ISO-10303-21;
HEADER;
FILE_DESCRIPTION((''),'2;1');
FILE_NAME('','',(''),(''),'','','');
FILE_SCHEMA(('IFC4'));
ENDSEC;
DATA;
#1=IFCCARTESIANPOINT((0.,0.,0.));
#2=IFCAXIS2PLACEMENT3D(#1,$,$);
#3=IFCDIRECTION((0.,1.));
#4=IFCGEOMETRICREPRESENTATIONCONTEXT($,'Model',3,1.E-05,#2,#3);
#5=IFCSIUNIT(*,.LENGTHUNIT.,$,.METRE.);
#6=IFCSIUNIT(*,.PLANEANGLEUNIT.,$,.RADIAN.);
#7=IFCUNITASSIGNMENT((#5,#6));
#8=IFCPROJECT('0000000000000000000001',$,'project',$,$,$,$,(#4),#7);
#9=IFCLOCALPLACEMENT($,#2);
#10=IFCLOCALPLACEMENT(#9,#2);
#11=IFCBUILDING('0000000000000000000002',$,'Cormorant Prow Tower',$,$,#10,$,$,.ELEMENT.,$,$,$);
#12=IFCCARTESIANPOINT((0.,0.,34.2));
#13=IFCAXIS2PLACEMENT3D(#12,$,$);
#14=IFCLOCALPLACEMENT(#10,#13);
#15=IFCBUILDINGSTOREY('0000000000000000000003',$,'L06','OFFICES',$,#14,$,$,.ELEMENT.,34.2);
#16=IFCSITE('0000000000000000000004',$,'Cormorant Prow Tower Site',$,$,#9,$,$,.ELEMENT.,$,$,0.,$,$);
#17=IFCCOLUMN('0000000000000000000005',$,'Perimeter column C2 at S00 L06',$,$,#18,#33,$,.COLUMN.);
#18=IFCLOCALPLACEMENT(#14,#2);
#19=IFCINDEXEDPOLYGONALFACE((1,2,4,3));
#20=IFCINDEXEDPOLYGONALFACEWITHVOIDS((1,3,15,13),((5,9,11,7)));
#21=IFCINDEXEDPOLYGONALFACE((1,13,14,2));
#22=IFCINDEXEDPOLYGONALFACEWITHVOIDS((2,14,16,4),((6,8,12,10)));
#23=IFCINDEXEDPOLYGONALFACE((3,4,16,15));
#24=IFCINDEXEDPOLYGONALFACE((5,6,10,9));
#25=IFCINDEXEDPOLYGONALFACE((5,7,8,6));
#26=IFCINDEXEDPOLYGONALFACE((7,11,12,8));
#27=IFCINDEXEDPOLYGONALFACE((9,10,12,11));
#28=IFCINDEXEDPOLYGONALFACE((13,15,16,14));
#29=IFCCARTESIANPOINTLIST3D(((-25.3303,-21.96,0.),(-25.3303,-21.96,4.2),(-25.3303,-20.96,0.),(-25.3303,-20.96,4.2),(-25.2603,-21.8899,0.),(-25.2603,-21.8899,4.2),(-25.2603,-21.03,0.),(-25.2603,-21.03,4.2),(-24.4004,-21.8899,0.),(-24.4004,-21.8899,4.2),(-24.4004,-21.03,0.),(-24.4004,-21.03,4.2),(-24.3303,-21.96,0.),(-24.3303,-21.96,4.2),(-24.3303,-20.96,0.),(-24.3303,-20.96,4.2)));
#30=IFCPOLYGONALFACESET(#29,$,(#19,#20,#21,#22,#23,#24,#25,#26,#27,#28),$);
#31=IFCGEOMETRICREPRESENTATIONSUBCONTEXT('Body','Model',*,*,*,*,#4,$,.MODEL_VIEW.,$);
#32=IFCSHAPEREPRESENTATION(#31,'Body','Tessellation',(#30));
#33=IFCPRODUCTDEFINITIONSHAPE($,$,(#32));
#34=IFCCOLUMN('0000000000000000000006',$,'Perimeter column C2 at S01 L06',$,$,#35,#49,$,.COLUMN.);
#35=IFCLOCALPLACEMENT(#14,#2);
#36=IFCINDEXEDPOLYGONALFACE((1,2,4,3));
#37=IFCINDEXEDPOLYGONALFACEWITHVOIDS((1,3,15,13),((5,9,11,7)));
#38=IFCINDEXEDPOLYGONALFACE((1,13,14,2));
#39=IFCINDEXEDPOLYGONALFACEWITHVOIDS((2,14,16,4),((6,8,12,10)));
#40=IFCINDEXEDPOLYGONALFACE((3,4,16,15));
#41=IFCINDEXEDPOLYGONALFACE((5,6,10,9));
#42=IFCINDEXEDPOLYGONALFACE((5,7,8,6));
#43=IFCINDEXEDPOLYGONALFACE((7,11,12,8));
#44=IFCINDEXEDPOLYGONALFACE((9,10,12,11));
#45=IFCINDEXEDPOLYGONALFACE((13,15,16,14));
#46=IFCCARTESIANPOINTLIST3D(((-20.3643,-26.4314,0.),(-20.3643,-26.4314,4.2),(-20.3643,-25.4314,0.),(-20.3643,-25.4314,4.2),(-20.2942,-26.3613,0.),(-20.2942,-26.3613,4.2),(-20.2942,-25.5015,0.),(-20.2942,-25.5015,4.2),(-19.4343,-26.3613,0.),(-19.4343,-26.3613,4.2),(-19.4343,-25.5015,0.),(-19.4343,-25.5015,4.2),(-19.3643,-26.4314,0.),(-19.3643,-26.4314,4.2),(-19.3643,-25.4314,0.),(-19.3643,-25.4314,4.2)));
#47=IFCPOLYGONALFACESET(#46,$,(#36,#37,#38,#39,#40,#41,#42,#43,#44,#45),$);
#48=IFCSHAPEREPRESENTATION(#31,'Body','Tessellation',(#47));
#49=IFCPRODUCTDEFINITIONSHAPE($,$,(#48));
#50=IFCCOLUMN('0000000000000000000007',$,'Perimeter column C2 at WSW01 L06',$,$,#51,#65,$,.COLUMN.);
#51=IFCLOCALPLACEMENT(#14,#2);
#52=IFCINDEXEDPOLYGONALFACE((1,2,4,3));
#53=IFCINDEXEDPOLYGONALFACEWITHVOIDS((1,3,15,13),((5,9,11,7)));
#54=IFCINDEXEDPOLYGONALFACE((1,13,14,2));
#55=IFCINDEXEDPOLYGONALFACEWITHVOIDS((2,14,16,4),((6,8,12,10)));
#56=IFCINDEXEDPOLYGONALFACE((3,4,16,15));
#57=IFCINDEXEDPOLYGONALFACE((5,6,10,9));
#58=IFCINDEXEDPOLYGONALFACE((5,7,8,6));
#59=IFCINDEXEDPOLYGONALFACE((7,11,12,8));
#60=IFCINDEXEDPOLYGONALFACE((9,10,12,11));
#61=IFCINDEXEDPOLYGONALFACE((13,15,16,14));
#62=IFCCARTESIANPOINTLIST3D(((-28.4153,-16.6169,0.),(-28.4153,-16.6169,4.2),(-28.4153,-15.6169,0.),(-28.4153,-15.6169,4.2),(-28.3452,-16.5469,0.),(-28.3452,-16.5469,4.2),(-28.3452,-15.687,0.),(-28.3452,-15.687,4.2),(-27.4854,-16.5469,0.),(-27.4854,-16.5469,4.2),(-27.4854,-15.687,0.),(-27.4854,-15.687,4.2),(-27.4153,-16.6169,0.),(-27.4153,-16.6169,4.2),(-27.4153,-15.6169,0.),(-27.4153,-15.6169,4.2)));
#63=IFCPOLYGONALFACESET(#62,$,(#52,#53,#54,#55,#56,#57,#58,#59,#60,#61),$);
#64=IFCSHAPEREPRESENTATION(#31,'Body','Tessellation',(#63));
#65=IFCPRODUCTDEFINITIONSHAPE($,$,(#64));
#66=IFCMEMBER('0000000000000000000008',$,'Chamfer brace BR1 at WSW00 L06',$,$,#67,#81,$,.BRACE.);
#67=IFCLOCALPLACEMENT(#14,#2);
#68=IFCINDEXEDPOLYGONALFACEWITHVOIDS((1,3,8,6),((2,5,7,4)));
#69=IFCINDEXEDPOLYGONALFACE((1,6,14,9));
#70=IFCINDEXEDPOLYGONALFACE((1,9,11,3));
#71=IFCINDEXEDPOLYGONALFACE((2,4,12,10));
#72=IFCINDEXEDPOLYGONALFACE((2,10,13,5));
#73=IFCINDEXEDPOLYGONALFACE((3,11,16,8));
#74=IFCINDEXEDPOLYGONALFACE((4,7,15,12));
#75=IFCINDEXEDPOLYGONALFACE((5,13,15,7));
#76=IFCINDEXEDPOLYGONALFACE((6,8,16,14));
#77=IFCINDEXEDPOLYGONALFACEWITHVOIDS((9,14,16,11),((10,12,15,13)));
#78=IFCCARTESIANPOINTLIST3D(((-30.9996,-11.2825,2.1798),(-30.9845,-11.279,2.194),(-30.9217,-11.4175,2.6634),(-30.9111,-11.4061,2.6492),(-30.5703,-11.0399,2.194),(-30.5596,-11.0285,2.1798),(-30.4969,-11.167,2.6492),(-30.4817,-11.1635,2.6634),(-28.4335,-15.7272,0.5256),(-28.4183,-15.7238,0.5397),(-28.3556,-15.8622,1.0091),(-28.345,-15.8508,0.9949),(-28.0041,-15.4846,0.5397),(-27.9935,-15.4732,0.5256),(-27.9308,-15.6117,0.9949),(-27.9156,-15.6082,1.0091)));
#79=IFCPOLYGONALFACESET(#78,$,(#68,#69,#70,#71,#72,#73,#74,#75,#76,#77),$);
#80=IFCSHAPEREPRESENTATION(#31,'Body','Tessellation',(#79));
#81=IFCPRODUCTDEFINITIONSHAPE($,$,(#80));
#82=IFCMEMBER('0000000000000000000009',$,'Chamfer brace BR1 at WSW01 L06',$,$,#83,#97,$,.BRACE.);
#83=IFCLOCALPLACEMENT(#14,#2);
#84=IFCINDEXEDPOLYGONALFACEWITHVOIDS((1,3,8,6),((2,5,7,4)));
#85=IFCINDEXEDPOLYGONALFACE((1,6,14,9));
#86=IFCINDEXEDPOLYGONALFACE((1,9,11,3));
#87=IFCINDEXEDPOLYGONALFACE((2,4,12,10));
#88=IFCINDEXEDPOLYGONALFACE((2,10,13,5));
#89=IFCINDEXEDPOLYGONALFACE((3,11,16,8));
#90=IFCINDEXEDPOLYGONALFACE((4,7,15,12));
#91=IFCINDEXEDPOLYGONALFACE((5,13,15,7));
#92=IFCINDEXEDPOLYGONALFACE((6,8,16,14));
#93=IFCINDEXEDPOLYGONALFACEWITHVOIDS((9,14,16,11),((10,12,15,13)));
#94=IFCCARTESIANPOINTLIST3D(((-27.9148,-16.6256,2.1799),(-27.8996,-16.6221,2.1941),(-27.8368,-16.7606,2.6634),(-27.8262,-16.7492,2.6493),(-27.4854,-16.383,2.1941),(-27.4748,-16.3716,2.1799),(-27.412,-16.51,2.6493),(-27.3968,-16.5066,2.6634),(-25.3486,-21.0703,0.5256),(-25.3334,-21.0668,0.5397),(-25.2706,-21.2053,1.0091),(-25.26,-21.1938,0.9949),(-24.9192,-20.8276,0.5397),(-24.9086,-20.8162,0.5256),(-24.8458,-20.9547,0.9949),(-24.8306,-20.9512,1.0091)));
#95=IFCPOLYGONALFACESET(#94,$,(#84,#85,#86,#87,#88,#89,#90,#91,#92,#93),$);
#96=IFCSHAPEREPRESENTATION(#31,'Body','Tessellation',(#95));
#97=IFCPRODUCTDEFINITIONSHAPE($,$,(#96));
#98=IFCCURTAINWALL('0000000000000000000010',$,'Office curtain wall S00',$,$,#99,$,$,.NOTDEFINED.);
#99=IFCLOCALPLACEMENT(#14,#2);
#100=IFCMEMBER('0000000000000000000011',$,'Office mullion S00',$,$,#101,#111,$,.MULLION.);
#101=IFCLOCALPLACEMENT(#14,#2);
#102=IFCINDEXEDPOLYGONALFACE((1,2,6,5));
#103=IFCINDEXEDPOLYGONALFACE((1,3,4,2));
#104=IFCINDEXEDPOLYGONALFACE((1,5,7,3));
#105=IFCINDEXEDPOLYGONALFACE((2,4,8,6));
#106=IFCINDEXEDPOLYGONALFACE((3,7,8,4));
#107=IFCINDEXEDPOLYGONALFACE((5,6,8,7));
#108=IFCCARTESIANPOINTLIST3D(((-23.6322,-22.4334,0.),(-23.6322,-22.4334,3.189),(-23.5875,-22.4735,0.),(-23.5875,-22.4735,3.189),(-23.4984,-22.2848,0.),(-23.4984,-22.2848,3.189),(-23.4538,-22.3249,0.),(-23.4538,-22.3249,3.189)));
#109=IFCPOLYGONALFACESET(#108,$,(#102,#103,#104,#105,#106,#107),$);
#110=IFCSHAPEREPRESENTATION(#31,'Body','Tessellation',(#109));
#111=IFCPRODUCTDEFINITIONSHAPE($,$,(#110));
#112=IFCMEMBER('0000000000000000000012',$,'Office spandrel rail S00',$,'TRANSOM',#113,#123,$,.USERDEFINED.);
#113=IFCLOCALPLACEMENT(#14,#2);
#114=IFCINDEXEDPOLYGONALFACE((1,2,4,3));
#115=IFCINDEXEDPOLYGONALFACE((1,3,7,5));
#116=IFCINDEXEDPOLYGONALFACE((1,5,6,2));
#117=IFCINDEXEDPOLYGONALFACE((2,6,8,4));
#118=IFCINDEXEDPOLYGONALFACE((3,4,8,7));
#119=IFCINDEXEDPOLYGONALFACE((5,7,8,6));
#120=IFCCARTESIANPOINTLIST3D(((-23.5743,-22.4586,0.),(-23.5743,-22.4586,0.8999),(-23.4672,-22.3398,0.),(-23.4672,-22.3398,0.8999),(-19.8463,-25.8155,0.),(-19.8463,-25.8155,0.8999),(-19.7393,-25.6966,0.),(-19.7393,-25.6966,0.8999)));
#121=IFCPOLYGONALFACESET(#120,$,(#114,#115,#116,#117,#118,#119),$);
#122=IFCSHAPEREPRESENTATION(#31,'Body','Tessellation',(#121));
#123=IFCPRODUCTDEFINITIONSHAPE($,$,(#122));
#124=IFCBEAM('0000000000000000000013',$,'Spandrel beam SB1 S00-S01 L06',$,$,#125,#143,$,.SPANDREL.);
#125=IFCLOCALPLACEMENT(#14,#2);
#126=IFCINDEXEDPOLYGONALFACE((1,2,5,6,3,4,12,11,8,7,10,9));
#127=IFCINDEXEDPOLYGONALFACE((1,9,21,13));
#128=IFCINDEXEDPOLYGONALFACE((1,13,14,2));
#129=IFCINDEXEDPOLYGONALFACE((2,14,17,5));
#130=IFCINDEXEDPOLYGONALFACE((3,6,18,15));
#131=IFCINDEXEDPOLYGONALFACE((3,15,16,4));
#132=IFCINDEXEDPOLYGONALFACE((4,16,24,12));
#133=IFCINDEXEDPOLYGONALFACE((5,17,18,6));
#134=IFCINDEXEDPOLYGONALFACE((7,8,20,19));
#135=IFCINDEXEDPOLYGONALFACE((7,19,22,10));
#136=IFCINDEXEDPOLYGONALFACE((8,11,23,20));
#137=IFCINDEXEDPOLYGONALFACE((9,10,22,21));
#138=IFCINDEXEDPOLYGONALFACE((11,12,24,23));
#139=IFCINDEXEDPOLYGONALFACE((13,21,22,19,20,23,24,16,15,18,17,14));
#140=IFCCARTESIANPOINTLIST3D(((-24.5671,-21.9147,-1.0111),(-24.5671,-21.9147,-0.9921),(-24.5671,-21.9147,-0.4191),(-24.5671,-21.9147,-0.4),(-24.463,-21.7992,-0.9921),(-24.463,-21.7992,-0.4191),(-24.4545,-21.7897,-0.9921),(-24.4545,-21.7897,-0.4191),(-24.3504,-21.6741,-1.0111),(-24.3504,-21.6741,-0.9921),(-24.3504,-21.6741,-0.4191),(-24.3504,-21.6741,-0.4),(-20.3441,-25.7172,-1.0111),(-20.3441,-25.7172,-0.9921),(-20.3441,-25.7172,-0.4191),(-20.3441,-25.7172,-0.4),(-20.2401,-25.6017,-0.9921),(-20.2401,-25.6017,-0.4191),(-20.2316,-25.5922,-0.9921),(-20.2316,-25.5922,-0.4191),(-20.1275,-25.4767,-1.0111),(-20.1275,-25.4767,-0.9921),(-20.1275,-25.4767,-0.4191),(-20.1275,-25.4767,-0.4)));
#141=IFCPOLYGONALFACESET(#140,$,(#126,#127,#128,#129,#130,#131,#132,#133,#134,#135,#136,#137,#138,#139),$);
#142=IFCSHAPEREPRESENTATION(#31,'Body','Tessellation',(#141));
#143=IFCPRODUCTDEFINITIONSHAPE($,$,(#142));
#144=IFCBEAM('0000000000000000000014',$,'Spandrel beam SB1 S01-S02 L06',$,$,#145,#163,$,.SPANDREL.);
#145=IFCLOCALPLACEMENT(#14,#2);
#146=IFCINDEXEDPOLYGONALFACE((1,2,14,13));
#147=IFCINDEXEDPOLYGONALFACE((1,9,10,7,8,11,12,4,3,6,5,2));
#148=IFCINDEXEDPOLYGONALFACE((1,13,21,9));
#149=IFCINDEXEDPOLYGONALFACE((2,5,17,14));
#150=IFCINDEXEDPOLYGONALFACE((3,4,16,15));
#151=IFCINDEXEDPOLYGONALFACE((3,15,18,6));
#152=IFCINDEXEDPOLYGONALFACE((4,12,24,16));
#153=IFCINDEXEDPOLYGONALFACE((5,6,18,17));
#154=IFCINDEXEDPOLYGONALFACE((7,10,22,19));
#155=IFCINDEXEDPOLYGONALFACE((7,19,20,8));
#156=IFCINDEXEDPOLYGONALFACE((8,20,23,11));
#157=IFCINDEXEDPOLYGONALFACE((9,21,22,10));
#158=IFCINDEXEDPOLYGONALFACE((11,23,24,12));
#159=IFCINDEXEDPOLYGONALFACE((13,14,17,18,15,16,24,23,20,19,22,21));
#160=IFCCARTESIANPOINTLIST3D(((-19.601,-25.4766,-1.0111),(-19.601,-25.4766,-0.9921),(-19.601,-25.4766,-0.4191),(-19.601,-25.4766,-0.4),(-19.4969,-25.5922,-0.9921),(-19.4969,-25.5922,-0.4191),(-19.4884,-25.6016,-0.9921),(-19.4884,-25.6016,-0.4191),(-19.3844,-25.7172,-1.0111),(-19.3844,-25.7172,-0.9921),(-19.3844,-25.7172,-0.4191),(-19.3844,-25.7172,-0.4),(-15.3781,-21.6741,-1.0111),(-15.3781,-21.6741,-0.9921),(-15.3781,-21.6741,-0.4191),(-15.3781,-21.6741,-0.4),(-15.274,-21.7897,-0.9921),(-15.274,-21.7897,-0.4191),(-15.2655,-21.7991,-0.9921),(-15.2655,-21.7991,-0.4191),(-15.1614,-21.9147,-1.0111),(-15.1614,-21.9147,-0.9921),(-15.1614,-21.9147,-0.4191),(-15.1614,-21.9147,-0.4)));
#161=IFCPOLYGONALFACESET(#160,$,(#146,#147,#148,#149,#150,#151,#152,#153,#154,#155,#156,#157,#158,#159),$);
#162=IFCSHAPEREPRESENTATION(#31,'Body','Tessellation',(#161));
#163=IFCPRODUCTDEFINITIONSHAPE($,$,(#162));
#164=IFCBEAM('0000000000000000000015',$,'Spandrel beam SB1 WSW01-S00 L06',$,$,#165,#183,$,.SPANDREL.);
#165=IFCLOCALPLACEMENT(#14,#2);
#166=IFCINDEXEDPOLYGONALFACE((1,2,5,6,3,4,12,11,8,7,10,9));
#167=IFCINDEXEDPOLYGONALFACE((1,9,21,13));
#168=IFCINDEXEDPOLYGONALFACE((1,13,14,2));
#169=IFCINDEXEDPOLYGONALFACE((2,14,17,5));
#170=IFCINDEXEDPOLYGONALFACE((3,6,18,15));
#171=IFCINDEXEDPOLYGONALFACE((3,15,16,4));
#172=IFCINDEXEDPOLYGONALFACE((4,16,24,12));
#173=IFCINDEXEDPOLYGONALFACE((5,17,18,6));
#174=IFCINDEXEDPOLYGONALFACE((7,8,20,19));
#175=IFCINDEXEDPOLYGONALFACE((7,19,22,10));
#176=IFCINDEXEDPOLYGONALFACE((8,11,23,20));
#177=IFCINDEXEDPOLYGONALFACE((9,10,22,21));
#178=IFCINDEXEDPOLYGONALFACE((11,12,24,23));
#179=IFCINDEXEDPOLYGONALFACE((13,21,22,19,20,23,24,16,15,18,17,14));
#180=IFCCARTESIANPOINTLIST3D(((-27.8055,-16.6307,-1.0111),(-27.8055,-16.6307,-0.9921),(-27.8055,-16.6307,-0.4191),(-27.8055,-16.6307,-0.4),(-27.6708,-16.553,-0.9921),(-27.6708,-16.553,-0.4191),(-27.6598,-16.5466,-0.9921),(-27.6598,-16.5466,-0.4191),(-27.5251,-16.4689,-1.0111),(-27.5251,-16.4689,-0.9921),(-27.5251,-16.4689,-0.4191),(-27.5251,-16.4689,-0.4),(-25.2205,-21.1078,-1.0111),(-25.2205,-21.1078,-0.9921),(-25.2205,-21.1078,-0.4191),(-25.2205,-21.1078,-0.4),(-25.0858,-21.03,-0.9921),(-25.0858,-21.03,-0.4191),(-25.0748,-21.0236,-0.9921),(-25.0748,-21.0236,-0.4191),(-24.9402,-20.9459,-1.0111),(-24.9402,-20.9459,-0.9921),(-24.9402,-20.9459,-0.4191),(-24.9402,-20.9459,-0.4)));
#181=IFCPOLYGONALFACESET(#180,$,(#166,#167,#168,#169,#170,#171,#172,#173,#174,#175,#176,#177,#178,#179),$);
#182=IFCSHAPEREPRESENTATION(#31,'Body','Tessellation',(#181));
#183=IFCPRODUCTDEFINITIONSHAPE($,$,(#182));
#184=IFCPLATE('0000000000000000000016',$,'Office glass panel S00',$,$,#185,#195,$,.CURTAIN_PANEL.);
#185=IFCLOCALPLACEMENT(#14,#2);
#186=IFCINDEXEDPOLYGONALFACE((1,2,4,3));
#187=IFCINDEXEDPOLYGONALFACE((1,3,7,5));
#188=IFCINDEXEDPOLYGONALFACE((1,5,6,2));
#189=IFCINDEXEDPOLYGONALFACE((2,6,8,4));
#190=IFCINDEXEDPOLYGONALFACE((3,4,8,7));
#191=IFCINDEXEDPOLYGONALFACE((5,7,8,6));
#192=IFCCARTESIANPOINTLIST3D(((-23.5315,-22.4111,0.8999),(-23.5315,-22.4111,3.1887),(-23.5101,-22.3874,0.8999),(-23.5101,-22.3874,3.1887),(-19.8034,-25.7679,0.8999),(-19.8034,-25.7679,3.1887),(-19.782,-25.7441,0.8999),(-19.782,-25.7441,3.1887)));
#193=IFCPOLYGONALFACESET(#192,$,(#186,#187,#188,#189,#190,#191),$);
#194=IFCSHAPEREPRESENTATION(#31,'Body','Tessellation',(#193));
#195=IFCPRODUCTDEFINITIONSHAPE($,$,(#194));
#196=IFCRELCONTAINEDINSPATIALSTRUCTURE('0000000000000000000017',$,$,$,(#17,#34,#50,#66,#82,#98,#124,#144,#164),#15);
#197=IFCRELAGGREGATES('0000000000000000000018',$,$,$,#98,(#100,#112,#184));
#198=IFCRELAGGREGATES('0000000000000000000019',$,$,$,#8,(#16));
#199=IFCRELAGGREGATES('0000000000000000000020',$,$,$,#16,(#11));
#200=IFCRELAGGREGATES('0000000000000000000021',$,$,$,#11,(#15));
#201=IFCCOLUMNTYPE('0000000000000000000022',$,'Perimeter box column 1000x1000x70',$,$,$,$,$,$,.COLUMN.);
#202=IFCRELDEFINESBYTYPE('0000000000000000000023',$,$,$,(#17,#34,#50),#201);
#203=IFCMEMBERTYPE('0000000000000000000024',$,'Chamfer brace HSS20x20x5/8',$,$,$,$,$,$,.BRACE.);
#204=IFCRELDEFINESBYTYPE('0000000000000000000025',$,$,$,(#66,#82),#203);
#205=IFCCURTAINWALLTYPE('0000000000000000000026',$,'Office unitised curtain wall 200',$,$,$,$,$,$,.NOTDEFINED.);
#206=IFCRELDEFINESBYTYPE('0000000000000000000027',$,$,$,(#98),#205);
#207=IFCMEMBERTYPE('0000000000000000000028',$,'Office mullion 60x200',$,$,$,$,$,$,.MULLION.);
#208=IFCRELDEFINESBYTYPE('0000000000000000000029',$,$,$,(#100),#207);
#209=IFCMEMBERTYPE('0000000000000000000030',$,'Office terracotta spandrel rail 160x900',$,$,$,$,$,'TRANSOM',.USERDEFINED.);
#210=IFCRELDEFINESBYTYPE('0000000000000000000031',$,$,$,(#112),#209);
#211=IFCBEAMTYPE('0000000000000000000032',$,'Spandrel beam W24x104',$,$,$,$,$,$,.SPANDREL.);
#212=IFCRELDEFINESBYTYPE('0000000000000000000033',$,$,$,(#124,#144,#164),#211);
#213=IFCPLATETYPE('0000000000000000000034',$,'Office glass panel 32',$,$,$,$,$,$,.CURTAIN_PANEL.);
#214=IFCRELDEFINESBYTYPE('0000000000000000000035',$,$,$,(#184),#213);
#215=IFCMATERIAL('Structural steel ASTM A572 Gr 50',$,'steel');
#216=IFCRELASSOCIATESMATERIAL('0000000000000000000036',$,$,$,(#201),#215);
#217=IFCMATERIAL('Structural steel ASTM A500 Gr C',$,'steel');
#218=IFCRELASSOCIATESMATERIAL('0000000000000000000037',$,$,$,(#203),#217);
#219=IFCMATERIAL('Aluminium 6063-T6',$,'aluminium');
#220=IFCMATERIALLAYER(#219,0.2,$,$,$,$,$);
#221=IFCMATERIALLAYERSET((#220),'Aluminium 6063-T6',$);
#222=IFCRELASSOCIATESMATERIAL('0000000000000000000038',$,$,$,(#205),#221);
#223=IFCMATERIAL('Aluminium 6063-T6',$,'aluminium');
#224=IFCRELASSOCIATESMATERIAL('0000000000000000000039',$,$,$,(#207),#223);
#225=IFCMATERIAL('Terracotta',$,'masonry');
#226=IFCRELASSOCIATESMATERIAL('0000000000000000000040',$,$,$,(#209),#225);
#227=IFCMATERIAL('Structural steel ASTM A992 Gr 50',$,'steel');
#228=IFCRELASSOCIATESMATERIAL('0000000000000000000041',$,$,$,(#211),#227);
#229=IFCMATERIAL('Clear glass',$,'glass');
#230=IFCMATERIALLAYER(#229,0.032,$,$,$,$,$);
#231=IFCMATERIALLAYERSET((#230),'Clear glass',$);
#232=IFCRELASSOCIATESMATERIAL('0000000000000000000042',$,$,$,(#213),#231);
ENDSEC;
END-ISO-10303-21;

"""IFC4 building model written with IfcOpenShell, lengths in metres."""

from ifc_helpers import new_model, si_unit, direction, frame, origin, origin_2d, place, context, subcontext, project, spatial, rectangle, hollow_rectangle, i_section, extrude, material, layer, layer_set, material_profile, profile_set, type_object, element, aggregate, save


model = new_model("IFC4")

# Units and contexts
model_context = context("Model", 3, precision=1e-05, world=origin(), true_north=direction((0.0, 1.0)))
body_context = subcontext(model_context, "Body", "Model", "MODEL_VIEW")
ifc_project = project(units=[si_unit("LENGTHUNIT", "METRE"), si_unit("PLANEANGLEUNIT", "RADIAN")], contexts=[model_context])

# Site, building, storey
site_placement = place(None, origin())
site = spatial("IfcSite", under=ifc_project, at=site_placement, Name="Cormorant Prow Tower Site", CompositionType="ELEMENT", RefElevation=0.0)
building_placement = place(site_placement, origin())
building = spatial("IfcBuilding", under=site, at=building_placement, Name="Cormorant Prow Tower", CompositionType="ELEMENT")
storey_placement = place(building_placement, frame((0.0, 0.0, 34.2)))
storey = spatial("IfcBuildingStorey", under=building, at=storey_placement, Name="L06", Description="OFFICES", CompositionType="ELEMENT", Elevation=34.2)

# Columns
ifc_material_1 = material(Name="Structural steel ASTM A572 Gr 50", Category="steel")
ifc_material_profile_1 = material_profile(ifc_material_1, hollow_rectangle(XDim=1.0, YDim=1.0, WallThickness=0.0701, at=origin_2d()), Name="Box 1000x1000x70")
ifc_profile_set_1 = profile_set([ifc_material_profile_1], Name="Structural steel ASTM A572 Gr 50")
column_type = type_object("IfcColumnType", Name="Perimeter box column 1000x1000x70", PredefinedType="COLUMN", material=ifc_profile_set_1)
for number, where, z_axis, x_axis, name in (
    (1, (-24.8303, -21.46, 0.0), (0.0, 0.0, 1.0), (1.0, 0.0, 0.0), "Perimeter column C2 at S00 L06"),
    (2, (-19.8643, -25.9314, 0.0), (0.0, 0.0, 1.0), (1.0, 0.0, 0.0), "Perimeter column C2 at S01 L06"),
    (3, (-27.9153, -16.1169, 0.0), (0.0, 0.0, 1.0), (1.0, 0.0, 0.0), "Perimeter column C2 at WSW01 L06"),
):
    element("IfcColumn", number, at=place(storey_placement, frame(where, z_axis=z_axis, x_axis=x_axis)), inside=storey, type_object=column_type, Name=name, PredefinedType="COLUMN", context=body_context, shape_type="SweptSolid", body=[
        extrude(hollow_rectangle(XDim=1.0, YDim=1.0, WallThickness=0.0701, at=origin_2d()), origin(), (0.0, 0.0, 1.0), 4.2),
    ])

# Members
ifc_material_2 = material(Name="Structural steel ASTM A500 Gr C", Category="steel")
ifc_material_profile_2 = material_profile(ifc_material_2, hollow_rectangle(XDim=0.5081, YDim=0.5081, WallThickness=0.0149, at=origin_2d()), Name="HSS20x20x5/8")
ifc_profile_set_2 = profile_set([ifc_material_profile_2], Name="Structural steel ASTM A500 Gr C")
member_type_1 = type_object("IfcMemberType", Name="Chamfer brace HSS20x20x5/8", PredefinedType="BRACE", material=ifc_profile_set_2)
for number, where, z_axis, x_axis, name in (
    (4, (-28.1746, -15.6677, 0.7673), (-0.475882, 0.82427, 0.306781), (-0.86603, -0.499991, 0.0), "Chamfer brace BR1 at WSW00 L06"),
    (5, (-25.0896, -21.0107, 0.7673), (-0.4759, 0.824256, 0.306793), (-0.866018, -0.500012, 0.0), "Chamfer brace BR1 at WSW01 L06"),
):
    element("IfcMember", number, at=place(storey_placement, frame(where, z_axis=z_axis, x_axis=x_axis)), inside=storey, type_object=member_type_1, Name=name, PredefinedType="BRACE", context=body_context, shape_type="SweptSolid", body=[
        extrude(hollow_rectangle(XDim=0.5081, YDim=0.5081, WallThickness=0.0149, at=origin_2d()), origin(), (0.0, 0.0, 1.0), 5.3923),
    ])

# Curtain wall, members
ifc_material_3 = material(Name="Aluminium 6063-T6", Category="aluminium")
ifc_layer_1 = layer(ifc_material_3, 0.2)
ifc_layer_set_1 = layer_set([ifc_layer_1], Name="Aluminium 6063-T6")
curtain_wall_type = type_object("IfcCurtainWallType", Name="Office unitised curtain wall 200", PredefinedType="NOTDEFINED", material=ifc_layer_set_1)
curtain_wall_placement = place(storey_placement, origin())
curtain_wall = element("IfcCurtainWall", 6, at=curtain_wall_placement, inside=storey, type_object=curtain_wall_type, Name="Office curtain wall S00", PredefinedType="NOTDEFINED")
ifc_material_4 = material(Name="Aluminium 6063-T6", Category="aluminium")
ifc_material_profile_3 = material_profile(ifc_material_4, rectangle(XDim=0.2, YDim=0.0601, at=origin_2d()), Name="Office mullion 60x200")
ifc_profile_set_3 = profile_set([ifc_material_profile_3], Name="Aluminium 6063-T6")
member_type_2 = type_object("IfcMemberType", Name="Office mullion 60x200", PredefinedType="MULLION", material=ifc_profile_set_3)
member_1_placement = place(storey_placement, frame((-23.543, -22.3792, 0.0), z_axis=(0.0, 0.0, 1.0), x_axis=(0.669131, 0.743145, 0.0)))
member_1 = element("IfcMember", 7, at=member_1_placement, type_object=member_type_2, Name="Office mullion S00", PredefinedType="MULLION", context=body_context, shape_type="SweptSolid", body=[
    extrude(rectangle(XDim=0.2, YDim=0.0601, at=origin_2d()), origin(), (0.0, 0.0, 1.0), 3.189),
])
ifc_material_5 = material(Name="Terracotta", Category="masonry")
ifc_material_profile_4 = material_profile(ifc_material_5, rectangle(XDim=0.1599, YDim=0.8999, at=origin_2d()), Name="Office terracotta spandrel rail 160x900")
ifc_profile_set_4 = profile_set([ifc_material_profile_4], Name="Terracotta")
member_type_3 = type_object("IfcMemberType", Name="Office terracotta spandrel rail 160x900", ElementType="TRANSOM", PredefinedType="USERDEFINED", material=ifc_profile_set_4)
member_2_placement = place(storey_placement, frame((-23.5208, -22.3992, 0.45), z_axis=(0.743125, -0.669153, 0.0), x_axis=(0.669153, 0.743125, 0.0)))
member_2 = element("IfcMember", 8, at=member_2_placement, type_object=member_type_3, Name="Office spandrel rail S00", ObjectType="TRANSOM", PredefinedType="USERDEFINED", context=body_context, shape_type="SweptSolid", body=[
    extrude(rectangle(XDim=0.1599, YDim=0.8999, at=origin_2d()), origin(), (0.0, 0.0, 1.0), 5.0166),
])

# Beams
ifc_material_6 = material(Name="Structural steel ASTM A992 Gr 50", Category="steel")
ifc_material_profile_5 = material_profile(ifc_material_6, i_section(OverallWidth=0.3237, OverallDepth=0.6111, WebThickness=0.0127, FlangeThickness=0.019, at=origin_2d()), Name="W24x104")
ifc_profile_set_5 = profile_set([ifc_material_profile_5], Name="Structural steel ASTM A992 Gr 50")
beam_type = type_object("IfcBeamType", Name="Spandrel beam W24x104", PredefinedType="SPANDREL", material=ifc_profile_set_5)
for number, where, z_axis, x_axis, name in (
    (9, (-24.4587, -21.7944, -0.7056), (0.74313, -0.669147, 0.0), (0.669147, 0.74313, 0.0), "Spandrel beam SB1 S00-S01 L06"),
    (10, (-19.4927, -25.5969, -0.7056), (0.74313, 0.669147, 0.0), (-0.669147, 0.74313, 0.0), "Spandrel beam SB1 S01-S02 L06"),
):
    element("IfcBeam", number, at=place(storey_placement, frame(where, z_axis=z_axis, x_axis=x_axis)), inside=storey, type_object=beam_type, Name=name, PredefinedType="SPANDREL", context=body_context, shape_type="SweptSolid", body=[
        extrude(i_section(OverallWidth=0.3237, OverallDepth=0.6111, WebThickness=0.0127, FlangeThickness=0.019, at=origin_2d()), origin(), (0.0, 0.0, 1.0), 5.6826),
    ])
beam_placement = place(storey_placement, frame((-27.6653, -16.5498, -0.7056), z_axis=(0.50002, -0.866014, 0.0), x_axis=(0.866014, 0.50002, 0.0)))
element("IfcBeam", 11, at=beam_placement, inside=storey, type_object=beam_type, Name="Spandrel beam SB1 WSW01-S00 L06", PredefinedType="SPANDREL", context=body_context, shape_type="SweptSolid", body=[
    extrude(i_section(OverallWidth=0.3237, OverallDepth=0.6111, WebThickness=0.0127, FlangeThickness=0.019, at=origin_2d()), origin(), (0.0, 0.0, 1.0), 5.1697),
])

# Plate
ifc_material_7 = material(Name="Clear glass", Category="glass")
ifc_layer_2 = layer(ifc_material_7, 0.032)
ifc_layer_set_2 = layer_set([ifc_layer_2], Name="Clear glass")
plate_type = type_object("IfcPlateType", Name="Office glass panel 32", PredefinedType="CURTAIN_PANEL", material=ifc_layer_set_2)
plate_placement = place(storey_placement, frame((-21.6567, -24.0776, 0.8999), z_axis=(0.0, 0.0, 1.0), x_axis=(0.743145, -0.669131, 0.0)))
plate = element("IfcPlate", 12, at=plate_placement, type_object=plate_type, Name="Office glass panel S00", PredefinedType="CURTAIN_PANEL", context=body_context, shape_type="SweptSolid", body=[
    extrude(rectangle(XDim=5.0166, YDim=0.032, at=origin_2d()), origin(), (0.0, 0.0, 1.0), 2.2888),
])
aggregate(curtain_wall, [member_1, member_2, plate])

save(model, "model.ifc")
